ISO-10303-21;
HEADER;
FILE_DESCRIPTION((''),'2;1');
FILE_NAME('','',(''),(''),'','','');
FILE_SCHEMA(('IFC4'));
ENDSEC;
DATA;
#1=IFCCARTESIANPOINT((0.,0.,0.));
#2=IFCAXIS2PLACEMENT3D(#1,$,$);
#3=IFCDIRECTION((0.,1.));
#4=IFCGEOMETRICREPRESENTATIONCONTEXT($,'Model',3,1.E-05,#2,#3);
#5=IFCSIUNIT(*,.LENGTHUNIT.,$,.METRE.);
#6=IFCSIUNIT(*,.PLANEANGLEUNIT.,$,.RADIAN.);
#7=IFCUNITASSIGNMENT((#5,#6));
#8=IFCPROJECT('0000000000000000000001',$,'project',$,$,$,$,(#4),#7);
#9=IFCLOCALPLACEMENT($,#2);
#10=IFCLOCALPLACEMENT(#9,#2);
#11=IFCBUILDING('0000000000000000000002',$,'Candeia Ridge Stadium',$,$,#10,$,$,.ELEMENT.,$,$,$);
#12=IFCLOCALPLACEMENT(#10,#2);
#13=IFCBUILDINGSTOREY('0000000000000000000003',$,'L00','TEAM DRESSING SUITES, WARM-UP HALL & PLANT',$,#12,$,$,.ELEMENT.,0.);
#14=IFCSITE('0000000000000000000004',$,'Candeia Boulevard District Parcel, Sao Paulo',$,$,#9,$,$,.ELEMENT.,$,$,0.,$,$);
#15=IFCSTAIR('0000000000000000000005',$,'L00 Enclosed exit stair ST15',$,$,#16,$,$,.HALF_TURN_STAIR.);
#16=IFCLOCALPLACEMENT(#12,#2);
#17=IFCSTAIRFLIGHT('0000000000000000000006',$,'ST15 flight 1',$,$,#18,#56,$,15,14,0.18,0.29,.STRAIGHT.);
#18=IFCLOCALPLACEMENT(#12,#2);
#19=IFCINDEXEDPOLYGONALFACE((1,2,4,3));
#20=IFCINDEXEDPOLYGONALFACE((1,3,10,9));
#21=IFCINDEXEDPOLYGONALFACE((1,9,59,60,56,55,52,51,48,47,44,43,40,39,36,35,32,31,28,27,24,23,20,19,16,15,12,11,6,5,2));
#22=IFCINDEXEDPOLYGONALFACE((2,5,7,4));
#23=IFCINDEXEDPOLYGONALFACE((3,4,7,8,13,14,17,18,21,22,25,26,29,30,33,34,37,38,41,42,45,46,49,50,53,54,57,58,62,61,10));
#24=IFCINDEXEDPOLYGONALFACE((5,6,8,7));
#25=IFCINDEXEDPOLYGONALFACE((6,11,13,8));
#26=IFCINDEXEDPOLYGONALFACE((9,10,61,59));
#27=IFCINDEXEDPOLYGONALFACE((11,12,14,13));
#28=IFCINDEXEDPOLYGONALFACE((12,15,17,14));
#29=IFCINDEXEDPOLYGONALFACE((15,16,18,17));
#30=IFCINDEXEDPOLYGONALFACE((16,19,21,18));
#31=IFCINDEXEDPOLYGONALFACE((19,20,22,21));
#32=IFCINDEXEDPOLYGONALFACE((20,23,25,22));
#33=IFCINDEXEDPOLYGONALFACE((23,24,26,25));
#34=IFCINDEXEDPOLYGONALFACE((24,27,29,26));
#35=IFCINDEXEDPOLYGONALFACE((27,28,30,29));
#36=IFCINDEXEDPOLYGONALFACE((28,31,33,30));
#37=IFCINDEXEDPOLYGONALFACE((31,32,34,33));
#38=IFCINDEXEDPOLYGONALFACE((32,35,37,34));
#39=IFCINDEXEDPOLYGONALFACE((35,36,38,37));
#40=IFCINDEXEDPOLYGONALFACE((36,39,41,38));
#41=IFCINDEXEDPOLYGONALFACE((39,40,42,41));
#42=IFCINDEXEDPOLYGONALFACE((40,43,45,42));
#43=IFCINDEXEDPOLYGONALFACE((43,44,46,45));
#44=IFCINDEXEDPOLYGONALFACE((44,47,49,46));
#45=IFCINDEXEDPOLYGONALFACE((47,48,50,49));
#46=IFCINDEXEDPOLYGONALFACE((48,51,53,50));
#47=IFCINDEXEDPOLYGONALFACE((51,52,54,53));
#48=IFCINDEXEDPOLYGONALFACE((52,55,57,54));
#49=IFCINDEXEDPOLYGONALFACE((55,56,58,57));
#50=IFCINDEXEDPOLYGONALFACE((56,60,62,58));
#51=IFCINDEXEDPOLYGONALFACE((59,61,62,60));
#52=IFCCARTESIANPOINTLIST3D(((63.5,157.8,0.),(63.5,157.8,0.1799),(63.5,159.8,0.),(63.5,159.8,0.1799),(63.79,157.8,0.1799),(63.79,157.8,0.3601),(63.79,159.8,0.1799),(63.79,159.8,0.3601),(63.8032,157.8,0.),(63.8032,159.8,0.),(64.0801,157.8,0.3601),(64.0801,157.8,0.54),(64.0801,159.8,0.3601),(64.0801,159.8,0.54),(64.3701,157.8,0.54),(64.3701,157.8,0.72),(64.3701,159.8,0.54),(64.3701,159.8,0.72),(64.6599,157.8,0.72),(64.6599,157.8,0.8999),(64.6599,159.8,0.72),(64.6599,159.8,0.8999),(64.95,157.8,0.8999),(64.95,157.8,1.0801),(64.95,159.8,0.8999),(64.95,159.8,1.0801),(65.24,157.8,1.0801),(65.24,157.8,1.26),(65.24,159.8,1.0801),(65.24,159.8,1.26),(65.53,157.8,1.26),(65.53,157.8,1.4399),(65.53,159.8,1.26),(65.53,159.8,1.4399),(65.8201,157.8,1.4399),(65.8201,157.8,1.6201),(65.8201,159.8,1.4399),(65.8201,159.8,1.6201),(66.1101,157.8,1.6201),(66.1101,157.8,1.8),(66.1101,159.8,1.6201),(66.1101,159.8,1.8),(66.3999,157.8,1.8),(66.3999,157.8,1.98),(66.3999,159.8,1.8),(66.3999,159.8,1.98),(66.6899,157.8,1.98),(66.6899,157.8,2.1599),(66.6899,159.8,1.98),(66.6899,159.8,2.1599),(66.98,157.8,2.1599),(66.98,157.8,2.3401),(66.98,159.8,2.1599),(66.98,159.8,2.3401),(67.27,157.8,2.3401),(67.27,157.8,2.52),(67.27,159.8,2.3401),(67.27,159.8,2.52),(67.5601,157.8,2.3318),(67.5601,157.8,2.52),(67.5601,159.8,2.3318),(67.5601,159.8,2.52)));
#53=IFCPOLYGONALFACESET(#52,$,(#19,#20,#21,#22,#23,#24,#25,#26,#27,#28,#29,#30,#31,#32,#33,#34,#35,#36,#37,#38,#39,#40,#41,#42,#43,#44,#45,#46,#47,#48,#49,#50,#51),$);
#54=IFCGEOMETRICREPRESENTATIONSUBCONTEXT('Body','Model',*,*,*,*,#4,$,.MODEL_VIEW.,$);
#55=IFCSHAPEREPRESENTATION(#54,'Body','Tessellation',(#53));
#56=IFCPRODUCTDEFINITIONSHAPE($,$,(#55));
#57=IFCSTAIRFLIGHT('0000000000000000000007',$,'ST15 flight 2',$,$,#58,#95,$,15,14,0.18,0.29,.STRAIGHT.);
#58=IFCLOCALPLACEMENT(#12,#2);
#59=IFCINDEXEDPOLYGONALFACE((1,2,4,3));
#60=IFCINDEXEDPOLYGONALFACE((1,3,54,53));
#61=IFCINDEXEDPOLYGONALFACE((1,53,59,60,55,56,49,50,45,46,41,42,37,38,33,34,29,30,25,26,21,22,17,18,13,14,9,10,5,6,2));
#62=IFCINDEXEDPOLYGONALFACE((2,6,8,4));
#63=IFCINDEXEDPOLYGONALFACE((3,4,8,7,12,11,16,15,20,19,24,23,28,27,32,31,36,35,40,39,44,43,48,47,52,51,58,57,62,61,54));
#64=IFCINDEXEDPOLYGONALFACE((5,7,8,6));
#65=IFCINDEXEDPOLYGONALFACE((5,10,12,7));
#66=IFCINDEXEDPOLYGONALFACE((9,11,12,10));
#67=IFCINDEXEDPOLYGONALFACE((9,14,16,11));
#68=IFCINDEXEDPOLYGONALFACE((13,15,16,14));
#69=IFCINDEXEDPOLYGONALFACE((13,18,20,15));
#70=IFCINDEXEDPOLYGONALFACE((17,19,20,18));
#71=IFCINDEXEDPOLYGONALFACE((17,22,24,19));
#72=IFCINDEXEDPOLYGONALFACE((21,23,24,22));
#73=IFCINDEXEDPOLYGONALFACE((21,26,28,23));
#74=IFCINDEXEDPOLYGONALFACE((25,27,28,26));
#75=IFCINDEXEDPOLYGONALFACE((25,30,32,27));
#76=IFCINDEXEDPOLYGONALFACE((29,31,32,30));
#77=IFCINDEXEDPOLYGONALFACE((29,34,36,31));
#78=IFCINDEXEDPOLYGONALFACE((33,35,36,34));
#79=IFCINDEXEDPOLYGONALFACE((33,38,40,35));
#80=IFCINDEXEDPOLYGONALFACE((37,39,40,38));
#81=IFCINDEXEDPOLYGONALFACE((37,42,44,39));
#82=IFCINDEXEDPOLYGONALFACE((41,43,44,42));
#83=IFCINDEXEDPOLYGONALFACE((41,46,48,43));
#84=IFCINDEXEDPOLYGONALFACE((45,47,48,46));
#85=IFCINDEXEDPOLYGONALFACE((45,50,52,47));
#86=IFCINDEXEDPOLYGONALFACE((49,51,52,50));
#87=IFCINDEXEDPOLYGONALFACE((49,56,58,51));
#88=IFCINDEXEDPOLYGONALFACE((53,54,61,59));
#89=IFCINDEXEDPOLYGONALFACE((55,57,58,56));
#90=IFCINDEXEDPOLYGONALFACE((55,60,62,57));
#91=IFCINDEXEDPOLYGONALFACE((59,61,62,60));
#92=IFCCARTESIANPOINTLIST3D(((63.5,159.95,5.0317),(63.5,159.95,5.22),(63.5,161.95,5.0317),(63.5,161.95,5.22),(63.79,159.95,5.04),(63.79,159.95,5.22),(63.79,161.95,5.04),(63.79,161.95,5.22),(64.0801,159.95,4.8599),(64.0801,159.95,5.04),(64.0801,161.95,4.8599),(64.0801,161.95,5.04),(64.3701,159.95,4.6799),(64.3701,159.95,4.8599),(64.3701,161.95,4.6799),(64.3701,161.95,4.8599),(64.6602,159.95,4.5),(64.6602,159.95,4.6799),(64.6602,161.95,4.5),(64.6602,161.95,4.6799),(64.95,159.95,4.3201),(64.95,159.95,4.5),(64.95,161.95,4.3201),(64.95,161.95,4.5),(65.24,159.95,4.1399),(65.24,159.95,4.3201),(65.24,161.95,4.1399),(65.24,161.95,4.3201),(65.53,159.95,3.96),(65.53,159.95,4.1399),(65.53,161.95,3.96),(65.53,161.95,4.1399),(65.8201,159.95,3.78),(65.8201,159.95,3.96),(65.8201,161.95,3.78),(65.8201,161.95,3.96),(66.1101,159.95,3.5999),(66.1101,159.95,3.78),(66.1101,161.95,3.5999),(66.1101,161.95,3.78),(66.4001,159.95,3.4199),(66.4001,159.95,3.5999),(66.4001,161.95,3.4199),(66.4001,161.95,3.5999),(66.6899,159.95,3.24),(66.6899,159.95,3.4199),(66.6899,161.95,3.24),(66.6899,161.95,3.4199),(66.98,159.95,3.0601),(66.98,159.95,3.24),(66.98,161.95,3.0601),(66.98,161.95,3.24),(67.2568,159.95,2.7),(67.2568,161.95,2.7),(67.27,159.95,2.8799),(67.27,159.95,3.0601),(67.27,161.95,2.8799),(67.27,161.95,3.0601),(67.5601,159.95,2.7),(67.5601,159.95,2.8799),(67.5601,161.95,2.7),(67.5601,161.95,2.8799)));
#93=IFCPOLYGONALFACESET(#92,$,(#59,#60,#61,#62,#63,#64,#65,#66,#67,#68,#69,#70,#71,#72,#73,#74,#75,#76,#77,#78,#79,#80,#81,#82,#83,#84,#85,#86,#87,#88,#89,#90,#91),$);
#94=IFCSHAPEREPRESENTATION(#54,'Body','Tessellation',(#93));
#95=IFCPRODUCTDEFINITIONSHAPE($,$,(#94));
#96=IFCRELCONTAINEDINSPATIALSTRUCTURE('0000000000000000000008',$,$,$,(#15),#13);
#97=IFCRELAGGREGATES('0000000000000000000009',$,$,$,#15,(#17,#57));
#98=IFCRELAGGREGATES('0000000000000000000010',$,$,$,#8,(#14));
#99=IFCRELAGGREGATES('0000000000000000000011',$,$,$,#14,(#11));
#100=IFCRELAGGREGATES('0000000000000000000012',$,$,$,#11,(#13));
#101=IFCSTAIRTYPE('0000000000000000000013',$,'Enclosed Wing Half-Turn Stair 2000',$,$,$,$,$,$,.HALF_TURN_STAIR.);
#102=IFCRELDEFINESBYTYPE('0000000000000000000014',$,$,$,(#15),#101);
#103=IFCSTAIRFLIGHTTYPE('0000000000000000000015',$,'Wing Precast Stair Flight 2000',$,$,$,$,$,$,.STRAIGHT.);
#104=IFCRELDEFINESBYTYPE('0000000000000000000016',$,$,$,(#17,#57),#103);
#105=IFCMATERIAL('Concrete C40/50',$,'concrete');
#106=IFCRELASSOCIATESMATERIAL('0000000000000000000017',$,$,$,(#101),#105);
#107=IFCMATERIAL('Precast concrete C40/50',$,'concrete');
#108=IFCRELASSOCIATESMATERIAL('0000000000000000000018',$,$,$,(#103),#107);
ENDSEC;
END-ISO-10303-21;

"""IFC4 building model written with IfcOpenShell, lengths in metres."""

from ifc_helpers import new_model, si_unit, direction, frame, origin, place, context, subcontext, project, spatial, polyline, outline, extrude, material, type_object, element, aggregate, save


model = new_model("IFC4")

# Units and contexts
model_context = context("Model", 3, precision=1e-05, world=origin(), true_north=direction((0.0, 1.0)))
body_context = subcontext(model_context, "Body", "Model", "MODEL_VIEW")
ifc_project = project(units=[si_unit("LENGTHUNIT", "METRE"), si_unit("PLANEANGLEUNIT", "RADIAN")], contexts=[model_context])

# Site, building, storey
site_placement = place(None, origin())
site = spatial("IfcSite", under=ifc_project, at=site_placement, Name="Candeia Boulevard District Parcel, Sao Paulo", CompositionType="ELEMENT", RefElevation=0.0)
building_placement = place(site_placement, origin())
building = spatial("IfcBuilding", under=site, at=building_placement, Name="Candeia Ridge Stadium", CompositionType="ELEMENT")
storey_placement = place(building_placement, origin())
storey = spatial("IfcBuildingStorey", under=building, at=storey_placement, Name="L00", Description="TEAM DRESSING SUITES, WARM-UP HALL & PLANT", CompositionType="ELEMENT", Elevation=0.0)

# Shared definitions
ifc_material_1 = material(Name="Concrete C40/50", Category="concrete")

# Stair, stair flights
stair_type = type_object("IfcStairType", Name="Enclosed Wing Half-Turn Stair 2000", PredefinedType="HALF_TURN_STAIR", material=ifc_material_1)
stair_placement = place(storey_placement, origin())
stair = element("IfcStair", 1, at=stair_placement, inside=storey, type_object=stair_type, Name="L00 Enclosed exit stair ST15", PredefinedType="HALF_TURN_STAIR")
ifc_material_2 = material(Name="Precast concrete C40/50", Category="concrete")
stair_flight_type = type_object("IfcStairFlightType", Name="Wing Precast Stair Flight 2000", PredefinedType="STRAIGHT", material=ifc_material_2)
stair_flight_1_placement = place(storey_placement, frame((63.5, 158.8, 0.0), z_axis=(0.0, 0.0, 1.0), x_axis=(1.0, 0.0, 0.0)))
stair_flight_1 = element("IfcStairFlight", 2, at=stair_flight_1_placement, type_object=stair_flight_type, Name="ST15 flight 1", NumberOfRisers=15, NumberOfTreads=14, PredefinedType="STRAIGHT", RiserHeight=0.18, TreadLength=0.29, context=body_context, shape_type="SweptSolid", body=[
    extrude(outline(polyline([(0.0, 0.0), (0.0, 0.1799), (0.29, 0.1799), (0.29, 0.3601), (0.5801, 0.3601), (0.5801, 0.54), (0.8701, 0.54), (0.8701, 0.72), (1.1599, 0.72), (1.1599, 0.8999), (1.45, 0.8999), (1.45, 1.0801), (1.74, 1.0801), (1.74, 1.26), (2.03, 1.26), (2.03, 1.4399), (2.3201, 1.4399), (2.3201, 1.6201), (2.6101, 1.6201), (2.6101, 1.8), (2.8999, 1.8), (2.8999, 1.98), (3.1899, 1.98), (3.1899, 2.1599), (3.48, 2.1599), (3.48, 2.3401), (3.77, 2.3401), (3.77, 2.52), (4.0601, 2.52), (4.0601, 2.7), (4.0601, 2.3318), (0.3032, 0.0), (0.0, 0.0)])), frame((0.0, 1.0, 0.0), z_axis=(0.0, -1.0, 0.0), x_axis=(1.0, 0.0, 0.0)), (0.0, 0.0, 1.0), 2.0),
])
stair_flight_2_placement = place(storey_placement, frame((67.5601, 160.95, 2.7), z_axis=(0.0, 0.0, 1.0), x_axis=(-1.0, 0.0, 0.0)))
stair_flight_2 = element("IfcStairFlight", 3, at=stair_flight_2_placement, type_object=stair_flight_type, Name="ST15 flight 2", NumberOfRisers=15, NumberOfTreads=14, PredefinedType="STRAIGHT", RiserHeight=0.18, TreadLength=0.29, context=body_context, shape_type="SweptSolid", body=[
    extrude(outline(polyline([(0.0, 0.0), (0.0, 0.1799), (0.29, 0.1799), (0.29, 0.3601), (0.5801, 0.3601), (0.5801, 0.54), (0.8701, 0.54), (0.8701, 0.72), (1.1599, 0.72), (1.1599, 0.8999), (1.45, 0.8999), (1.45, 1.0801), (1.74, 1.0801), (1.74, 1.26), (2.03, 1.26), (2.03, 1.4399), (2.3201, 1.4399), (2.3201, 1.6201), (2.6101, 1.6201), (2.6101, 1.8), (2.8999, 1.8), (2.8999, 1.98), (3.1899, 1.98), (3.1899, 2.1599), (3.48, 2.1599), (3.48, 2.3401), (3.77, 2.3401), (3.77, 2.52), (4.0601, 2.52), (4.0601, 2.7), (4.0601, 2.3318), (0.3032, 0.0), (0.0, 0.0)])), frame((0.0, 1.0, 0.0), z_axis=(0.0, -1.0, 0.0), x_axis=(1.0, 0.0, 0.0)), (0.0, 0.0, 1.0), 2.0),
])
aggregate(stair, [stair_flight_1, stair_flight_2])

save(model, "model.ifc")
